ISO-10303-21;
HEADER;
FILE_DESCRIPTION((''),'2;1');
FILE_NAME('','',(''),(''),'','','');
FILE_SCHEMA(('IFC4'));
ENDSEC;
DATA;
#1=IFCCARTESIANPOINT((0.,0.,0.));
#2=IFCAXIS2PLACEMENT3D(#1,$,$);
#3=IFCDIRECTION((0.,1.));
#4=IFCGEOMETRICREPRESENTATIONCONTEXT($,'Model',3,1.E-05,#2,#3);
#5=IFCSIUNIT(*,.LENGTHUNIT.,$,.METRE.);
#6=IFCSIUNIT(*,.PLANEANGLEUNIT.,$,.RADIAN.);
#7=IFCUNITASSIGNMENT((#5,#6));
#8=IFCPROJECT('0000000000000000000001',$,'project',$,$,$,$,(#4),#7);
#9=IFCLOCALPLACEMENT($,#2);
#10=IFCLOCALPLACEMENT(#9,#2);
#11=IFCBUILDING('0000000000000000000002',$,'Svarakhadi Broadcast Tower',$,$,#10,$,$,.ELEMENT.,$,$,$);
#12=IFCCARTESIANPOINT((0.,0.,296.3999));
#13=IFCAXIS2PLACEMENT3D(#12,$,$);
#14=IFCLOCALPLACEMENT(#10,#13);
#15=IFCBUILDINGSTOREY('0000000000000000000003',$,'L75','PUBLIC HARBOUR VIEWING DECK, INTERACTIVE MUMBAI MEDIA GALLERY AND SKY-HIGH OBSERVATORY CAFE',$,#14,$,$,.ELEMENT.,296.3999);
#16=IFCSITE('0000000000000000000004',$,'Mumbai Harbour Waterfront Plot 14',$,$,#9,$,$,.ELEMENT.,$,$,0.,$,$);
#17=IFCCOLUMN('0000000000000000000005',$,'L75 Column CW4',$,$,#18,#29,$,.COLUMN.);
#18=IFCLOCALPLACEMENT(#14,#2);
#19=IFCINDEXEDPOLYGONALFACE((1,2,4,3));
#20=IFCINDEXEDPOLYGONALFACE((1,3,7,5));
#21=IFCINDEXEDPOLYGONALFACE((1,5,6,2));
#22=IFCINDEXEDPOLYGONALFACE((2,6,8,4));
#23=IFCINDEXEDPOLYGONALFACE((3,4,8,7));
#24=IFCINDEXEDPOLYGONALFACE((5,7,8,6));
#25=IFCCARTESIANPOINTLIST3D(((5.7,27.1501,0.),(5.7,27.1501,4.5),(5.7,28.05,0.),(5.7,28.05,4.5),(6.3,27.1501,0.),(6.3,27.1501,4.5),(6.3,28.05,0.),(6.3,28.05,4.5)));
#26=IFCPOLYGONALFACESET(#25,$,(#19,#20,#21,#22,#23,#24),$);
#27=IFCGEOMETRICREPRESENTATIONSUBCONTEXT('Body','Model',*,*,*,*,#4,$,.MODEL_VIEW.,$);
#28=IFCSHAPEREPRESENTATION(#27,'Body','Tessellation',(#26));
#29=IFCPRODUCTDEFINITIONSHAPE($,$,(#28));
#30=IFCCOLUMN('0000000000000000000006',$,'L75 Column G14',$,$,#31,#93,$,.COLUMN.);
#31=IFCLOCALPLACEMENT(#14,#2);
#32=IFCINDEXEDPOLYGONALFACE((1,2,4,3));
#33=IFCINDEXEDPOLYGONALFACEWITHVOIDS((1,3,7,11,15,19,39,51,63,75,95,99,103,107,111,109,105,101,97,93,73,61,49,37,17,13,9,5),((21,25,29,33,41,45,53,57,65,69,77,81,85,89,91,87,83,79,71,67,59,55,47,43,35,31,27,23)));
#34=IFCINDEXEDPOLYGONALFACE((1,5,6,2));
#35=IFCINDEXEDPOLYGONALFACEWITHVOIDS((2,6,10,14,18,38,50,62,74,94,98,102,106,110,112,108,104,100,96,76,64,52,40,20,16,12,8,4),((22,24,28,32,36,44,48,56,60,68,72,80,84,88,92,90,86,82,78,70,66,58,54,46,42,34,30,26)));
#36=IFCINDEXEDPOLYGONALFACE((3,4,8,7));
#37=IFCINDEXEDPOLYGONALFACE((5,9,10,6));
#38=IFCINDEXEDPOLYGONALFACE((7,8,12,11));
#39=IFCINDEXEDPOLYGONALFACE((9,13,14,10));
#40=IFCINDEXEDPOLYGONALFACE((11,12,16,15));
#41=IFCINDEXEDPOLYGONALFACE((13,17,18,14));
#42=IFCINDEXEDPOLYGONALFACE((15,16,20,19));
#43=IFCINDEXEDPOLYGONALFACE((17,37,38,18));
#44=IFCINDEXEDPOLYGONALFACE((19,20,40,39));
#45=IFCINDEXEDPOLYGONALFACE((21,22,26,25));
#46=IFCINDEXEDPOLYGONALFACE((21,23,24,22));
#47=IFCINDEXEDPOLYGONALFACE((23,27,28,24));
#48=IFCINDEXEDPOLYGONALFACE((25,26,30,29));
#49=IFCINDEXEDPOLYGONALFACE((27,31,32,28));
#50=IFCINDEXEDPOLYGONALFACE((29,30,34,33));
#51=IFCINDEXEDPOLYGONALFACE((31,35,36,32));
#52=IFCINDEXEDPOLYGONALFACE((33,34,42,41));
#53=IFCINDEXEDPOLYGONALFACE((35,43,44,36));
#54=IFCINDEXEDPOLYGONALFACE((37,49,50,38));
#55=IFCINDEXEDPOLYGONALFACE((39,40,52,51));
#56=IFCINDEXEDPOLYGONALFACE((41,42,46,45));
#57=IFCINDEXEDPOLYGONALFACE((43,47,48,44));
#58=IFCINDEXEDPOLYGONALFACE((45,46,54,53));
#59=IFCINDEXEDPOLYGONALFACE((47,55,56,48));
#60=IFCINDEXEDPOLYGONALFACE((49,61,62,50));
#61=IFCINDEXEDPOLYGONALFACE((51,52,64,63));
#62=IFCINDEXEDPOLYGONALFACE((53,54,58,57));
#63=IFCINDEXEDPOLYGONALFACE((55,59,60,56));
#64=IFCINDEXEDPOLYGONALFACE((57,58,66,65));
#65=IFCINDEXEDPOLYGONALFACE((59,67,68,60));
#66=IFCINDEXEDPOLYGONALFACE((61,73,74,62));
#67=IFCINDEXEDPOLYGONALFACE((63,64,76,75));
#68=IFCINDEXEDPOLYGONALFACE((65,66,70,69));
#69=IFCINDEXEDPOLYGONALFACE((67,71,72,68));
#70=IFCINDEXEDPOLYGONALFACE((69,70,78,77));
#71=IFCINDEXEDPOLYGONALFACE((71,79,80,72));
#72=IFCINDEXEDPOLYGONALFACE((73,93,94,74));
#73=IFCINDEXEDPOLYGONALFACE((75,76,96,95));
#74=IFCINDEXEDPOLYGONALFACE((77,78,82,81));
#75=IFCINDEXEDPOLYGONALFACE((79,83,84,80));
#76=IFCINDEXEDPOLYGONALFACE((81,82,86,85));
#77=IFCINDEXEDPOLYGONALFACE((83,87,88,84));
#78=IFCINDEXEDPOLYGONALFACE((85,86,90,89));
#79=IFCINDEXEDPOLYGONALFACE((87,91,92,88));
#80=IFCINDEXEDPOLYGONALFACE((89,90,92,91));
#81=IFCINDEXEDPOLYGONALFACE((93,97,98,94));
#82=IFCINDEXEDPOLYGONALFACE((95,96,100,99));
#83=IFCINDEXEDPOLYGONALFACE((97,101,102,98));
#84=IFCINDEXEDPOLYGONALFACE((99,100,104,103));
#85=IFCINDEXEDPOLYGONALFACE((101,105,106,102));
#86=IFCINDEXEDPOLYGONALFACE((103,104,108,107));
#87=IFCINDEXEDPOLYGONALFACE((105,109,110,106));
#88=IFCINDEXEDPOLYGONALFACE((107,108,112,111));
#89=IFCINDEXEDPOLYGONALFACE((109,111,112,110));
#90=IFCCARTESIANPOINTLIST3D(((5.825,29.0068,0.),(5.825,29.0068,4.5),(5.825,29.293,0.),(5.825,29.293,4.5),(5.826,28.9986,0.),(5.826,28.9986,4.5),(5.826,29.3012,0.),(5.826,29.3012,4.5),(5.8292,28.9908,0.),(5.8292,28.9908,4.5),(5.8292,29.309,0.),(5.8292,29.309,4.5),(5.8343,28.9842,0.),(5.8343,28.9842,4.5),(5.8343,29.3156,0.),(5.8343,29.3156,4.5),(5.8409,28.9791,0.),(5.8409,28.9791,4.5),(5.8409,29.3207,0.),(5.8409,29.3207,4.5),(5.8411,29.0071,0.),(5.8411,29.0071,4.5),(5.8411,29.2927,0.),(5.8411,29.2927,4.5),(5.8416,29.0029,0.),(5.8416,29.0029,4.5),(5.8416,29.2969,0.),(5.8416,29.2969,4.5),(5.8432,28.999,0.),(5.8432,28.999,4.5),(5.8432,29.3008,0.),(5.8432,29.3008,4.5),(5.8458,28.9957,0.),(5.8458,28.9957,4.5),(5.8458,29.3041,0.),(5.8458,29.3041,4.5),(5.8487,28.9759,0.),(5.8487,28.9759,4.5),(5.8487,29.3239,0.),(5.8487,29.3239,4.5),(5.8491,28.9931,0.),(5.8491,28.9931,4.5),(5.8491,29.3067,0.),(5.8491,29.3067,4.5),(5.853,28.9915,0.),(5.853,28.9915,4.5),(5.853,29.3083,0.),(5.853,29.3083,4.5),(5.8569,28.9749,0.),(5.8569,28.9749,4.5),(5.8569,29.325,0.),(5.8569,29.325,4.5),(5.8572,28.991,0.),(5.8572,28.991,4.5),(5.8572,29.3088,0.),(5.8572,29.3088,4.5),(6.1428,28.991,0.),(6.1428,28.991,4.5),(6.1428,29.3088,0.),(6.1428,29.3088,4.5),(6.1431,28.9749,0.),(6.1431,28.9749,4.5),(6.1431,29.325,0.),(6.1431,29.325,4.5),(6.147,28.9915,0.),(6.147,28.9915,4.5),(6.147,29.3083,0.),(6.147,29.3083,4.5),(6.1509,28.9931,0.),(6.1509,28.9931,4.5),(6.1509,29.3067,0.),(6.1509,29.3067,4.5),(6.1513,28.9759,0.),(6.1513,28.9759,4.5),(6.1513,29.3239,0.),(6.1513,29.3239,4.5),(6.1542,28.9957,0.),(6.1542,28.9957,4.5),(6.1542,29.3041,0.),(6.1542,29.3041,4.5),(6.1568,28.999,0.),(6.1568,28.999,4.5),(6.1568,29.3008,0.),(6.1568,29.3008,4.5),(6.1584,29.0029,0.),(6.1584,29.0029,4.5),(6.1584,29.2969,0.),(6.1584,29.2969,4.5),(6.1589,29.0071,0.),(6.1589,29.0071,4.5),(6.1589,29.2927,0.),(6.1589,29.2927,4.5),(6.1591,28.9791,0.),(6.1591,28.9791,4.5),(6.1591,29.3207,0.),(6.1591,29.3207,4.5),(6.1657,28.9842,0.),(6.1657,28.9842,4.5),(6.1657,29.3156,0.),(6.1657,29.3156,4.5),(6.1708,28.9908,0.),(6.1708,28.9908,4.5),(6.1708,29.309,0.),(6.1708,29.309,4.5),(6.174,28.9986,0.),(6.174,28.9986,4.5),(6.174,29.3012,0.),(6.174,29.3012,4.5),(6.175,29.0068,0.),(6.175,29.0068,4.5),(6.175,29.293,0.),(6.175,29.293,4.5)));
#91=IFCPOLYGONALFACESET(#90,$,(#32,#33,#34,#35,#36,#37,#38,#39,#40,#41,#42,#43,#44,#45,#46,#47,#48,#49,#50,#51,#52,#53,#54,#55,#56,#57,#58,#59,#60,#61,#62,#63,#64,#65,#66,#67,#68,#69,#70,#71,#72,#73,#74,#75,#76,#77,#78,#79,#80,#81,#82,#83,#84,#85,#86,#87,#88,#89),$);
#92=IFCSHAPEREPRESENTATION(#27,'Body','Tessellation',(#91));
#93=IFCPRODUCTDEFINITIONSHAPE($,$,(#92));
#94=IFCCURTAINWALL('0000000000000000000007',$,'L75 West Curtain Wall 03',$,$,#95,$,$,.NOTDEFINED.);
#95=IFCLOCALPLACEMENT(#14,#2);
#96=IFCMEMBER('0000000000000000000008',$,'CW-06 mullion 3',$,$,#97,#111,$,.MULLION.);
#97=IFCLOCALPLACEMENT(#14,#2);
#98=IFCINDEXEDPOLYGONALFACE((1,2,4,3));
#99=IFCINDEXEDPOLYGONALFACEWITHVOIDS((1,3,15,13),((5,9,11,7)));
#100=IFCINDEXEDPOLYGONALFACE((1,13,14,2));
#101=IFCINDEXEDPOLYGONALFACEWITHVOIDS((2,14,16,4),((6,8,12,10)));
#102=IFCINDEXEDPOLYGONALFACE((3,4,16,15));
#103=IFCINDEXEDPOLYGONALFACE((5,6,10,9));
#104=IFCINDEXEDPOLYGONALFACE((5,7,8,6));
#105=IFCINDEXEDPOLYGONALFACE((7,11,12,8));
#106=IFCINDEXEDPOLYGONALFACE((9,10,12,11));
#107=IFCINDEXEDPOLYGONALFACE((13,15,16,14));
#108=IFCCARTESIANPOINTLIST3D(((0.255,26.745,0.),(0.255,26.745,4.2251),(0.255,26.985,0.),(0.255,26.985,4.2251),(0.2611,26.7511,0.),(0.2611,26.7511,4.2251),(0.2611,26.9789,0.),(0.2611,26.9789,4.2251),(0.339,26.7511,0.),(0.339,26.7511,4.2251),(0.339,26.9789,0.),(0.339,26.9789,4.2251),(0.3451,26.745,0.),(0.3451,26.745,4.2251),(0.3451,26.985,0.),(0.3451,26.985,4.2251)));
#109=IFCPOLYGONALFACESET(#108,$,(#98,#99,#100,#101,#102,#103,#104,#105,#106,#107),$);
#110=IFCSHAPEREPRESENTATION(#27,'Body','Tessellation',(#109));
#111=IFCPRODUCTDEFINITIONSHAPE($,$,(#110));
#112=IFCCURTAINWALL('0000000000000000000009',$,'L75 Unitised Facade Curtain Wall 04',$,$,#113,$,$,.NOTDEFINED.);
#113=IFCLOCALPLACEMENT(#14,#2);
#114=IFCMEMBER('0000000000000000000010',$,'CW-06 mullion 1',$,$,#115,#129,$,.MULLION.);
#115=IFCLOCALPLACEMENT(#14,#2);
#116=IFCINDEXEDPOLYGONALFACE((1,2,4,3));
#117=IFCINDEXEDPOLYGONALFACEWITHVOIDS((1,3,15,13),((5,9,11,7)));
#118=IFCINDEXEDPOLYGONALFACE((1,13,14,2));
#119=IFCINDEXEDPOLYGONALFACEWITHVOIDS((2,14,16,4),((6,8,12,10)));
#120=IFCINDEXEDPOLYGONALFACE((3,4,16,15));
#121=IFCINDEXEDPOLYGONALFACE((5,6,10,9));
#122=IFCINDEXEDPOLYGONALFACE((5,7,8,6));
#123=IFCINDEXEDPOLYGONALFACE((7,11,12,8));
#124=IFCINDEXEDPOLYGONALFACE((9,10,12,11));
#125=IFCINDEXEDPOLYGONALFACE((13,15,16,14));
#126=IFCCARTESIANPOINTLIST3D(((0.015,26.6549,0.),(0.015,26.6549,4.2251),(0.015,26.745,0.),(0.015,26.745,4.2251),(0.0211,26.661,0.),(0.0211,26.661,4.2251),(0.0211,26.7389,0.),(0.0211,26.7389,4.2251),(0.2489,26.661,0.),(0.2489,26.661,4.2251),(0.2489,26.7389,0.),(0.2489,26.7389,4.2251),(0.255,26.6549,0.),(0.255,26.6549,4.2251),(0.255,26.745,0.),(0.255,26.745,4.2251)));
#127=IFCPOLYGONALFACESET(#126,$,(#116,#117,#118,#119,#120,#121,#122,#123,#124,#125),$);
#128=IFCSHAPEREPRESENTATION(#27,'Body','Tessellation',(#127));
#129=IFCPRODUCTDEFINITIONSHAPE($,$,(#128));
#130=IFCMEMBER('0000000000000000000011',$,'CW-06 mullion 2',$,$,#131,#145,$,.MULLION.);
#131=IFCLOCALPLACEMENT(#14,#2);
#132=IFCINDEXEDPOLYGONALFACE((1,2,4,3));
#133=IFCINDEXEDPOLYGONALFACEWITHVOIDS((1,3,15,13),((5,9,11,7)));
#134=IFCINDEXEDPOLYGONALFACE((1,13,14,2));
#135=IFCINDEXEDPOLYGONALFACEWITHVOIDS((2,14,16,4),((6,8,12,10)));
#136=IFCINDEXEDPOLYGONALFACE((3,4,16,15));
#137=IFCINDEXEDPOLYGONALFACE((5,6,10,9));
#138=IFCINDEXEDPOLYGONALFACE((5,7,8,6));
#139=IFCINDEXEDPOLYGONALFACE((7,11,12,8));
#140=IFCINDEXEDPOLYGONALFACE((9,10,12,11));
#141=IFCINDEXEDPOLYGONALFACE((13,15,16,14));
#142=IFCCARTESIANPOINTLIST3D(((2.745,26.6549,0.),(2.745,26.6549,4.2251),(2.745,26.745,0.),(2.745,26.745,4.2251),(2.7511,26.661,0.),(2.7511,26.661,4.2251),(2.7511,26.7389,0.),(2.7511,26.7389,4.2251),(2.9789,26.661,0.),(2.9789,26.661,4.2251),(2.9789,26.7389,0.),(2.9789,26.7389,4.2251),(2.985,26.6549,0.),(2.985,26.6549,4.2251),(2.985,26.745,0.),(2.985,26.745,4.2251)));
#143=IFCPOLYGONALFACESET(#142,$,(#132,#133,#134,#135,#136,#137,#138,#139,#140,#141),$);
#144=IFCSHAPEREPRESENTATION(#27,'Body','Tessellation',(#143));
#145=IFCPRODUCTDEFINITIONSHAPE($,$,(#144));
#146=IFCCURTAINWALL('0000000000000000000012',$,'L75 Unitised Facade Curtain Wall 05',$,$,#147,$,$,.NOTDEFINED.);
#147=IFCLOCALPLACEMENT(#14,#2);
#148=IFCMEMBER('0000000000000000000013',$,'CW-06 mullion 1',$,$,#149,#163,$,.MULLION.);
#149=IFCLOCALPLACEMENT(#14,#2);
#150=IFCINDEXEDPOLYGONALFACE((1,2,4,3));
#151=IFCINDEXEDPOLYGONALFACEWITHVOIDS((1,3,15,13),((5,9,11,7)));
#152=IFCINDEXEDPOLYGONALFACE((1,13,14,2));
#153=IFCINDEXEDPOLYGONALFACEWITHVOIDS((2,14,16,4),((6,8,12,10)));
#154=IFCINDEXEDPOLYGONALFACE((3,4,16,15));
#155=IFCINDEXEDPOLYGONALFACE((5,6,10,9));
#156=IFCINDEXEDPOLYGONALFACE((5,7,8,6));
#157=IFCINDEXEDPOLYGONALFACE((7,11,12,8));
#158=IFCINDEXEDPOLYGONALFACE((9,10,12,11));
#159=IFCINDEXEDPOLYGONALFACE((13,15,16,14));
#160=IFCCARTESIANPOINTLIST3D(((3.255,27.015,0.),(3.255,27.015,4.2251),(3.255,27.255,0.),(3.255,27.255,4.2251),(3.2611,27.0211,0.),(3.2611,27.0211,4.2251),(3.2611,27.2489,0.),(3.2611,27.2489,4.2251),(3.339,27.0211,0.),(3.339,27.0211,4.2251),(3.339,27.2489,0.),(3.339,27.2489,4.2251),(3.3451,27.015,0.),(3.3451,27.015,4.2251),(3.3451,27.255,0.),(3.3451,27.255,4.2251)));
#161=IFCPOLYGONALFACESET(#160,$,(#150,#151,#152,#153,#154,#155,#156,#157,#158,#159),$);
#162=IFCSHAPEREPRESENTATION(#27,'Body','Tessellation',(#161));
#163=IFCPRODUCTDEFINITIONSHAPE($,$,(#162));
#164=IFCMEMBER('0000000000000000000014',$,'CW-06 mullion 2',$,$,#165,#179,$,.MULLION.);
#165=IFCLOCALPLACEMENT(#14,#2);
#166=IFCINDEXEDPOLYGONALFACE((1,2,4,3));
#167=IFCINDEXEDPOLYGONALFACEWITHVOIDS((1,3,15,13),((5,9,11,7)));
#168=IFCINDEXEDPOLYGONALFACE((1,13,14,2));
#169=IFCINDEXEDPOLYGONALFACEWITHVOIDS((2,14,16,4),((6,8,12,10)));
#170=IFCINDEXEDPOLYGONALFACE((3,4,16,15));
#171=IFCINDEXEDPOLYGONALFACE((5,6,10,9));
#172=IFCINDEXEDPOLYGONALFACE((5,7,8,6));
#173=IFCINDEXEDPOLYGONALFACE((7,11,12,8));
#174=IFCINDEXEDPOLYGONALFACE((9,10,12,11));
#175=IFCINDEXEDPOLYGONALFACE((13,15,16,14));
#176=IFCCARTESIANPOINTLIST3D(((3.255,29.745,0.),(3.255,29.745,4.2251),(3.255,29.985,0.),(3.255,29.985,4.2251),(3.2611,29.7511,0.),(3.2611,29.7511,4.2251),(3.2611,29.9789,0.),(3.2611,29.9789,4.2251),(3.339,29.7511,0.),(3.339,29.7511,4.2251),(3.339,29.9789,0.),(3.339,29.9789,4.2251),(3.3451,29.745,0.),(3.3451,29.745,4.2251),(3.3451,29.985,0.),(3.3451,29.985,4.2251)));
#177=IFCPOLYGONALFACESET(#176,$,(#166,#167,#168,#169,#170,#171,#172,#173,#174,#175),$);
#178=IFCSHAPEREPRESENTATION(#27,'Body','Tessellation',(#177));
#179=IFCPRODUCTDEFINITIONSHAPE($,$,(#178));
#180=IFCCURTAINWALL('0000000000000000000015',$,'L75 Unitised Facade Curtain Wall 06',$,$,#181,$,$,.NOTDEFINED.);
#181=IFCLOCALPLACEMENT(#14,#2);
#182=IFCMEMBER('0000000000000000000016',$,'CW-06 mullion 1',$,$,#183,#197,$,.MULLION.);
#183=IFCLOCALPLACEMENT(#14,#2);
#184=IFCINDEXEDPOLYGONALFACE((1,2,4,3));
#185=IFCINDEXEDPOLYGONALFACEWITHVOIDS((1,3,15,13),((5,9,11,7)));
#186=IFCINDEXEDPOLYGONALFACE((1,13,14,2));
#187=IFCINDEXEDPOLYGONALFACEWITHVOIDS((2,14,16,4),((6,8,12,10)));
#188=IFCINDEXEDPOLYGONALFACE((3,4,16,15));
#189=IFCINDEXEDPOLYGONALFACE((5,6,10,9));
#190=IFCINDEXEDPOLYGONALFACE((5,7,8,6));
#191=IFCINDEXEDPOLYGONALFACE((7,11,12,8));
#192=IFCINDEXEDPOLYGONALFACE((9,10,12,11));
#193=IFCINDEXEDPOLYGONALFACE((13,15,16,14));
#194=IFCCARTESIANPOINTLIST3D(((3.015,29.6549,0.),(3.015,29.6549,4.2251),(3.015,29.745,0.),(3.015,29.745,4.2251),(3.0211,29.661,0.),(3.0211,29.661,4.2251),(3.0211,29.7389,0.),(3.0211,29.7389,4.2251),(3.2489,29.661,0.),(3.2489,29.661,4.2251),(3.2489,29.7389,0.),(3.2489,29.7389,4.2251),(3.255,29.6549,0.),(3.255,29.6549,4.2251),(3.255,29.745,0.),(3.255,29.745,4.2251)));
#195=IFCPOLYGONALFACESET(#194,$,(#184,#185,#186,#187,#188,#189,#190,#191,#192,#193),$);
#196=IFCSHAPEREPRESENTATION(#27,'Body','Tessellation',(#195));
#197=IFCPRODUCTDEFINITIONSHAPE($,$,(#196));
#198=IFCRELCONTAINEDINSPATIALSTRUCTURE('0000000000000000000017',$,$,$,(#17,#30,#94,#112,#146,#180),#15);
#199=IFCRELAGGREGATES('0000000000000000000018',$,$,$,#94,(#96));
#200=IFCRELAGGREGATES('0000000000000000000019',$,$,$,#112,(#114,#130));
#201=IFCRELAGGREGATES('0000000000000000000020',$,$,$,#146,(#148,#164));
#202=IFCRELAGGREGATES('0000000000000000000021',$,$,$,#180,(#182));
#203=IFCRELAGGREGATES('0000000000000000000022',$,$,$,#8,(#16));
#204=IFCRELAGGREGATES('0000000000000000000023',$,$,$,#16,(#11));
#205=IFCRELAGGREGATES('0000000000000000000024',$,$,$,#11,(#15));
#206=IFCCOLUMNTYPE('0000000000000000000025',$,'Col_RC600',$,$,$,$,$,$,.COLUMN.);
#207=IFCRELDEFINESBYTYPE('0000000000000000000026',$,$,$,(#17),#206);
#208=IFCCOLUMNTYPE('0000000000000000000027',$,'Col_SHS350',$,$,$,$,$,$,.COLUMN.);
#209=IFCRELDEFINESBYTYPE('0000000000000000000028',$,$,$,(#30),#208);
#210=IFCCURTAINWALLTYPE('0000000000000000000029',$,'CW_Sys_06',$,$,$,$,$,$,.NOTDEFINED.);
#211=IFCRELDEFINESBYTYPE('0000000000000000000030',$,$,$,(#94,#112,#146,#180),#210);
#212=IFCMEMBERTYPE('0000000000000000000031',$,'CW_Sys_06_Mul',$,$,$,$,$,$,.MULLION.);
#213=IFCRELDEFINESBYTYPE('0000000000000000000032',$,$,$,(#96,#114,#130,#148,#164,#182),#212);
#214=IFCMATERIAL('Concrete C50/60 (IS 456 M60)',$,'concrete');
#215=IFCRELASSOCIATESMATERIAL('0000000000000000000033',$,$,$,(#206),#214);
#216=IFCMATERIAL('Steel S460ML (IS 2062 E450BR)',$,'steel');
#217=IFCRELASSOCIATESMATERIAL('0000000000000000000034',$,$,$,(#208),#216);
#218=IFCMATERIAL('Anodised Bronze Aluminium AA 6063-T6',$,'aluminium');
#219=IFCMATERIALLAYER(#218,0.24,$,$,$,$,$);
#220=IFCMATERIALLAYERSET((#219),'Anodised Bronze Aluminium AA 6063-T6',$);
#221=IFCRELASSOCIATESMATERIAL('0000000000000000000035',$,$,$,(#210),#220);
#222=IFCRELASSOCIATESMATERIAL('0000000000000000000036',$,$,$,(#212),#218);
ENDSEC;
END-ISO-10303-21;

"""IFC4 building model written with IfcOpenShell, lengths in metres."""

from ifc_helpers import new_model, si_unit, direction, frame, origin, origin_2d, place, context, subcontext, project, spatial, rectangle, hollow_rectangle, extrude, material, layer, layer_set, material_profile, profile_set, type_object, element, aggregate, save


model = new_model("IFC4")

# Units and contexts
model_context = context("Model", 3, precision=1e-05, world=origin(), true_north=direction((0.0, 1.0)))
body_context = subcontext(model_context, "Body", "Model", "MODEL_VIEW")
ifc_project = project(units=[si_unit("LENGTHUNIT", "METRE"), si_unit("PLANEANGLEUNIT", "RADIAN")], contexts=[model_context])

# Site, building, storey
site_placement = place(None, origin())
site = spatial("IfcSite", under=ifc_project, at=site_placement, Name="Mumbai Harbour Waterfront Plot 14", CompositionType="ELEMENT", RefElevation=0.0)
building_placement = place(site_placement, origin())
building = spatial("IfcBuilding", under=site, at=building_placement, Name="Svarakhadi Broadcast Tower", CompositionType="ELEMENT")
storey_placement = place(building_placement, frame((0.0, 0.0, 296.3999)))
storey = spatial("IfcBuildingStorey", under=building, at=storey_placement, Name="L75", Description="PUBLIC HARBOUR VIEWING DECK, INTERACTIVE MUMBAI MEDIA GALLERY AND SKY-HIGH OBSERVATORY CAFE", CompositionType="ELEMENT", Elevation=296.3999)

# Columns
ifc_material_1 = material(Name="Concrete C50/60 (IS 456 M60)", Category="concrete")
ifc_material_profile_1 = material_profile(ifc_material_1, rectangle(XDim=0.6001, YDim=0.8999, at=origin_2d()), Name="RC 600x900")
ifc_profile_set_1 = profile_set([ifc_material_profile_1], Name="Concrete C50/60 (IS 456 M60)")
column_type_1 = type_object("IfcColumnType", Name="Col_RC600", PredefinedType="COLUMN", material=ifc_profile_set_1)
column_1_placement = place(storey_placement, frame((6.0, 27.6001, 0.0), z_axis=(0.0, 0.0, 1.0), x_axis=(1.0, 0.0, 0.0)))
element("IfcColumn", 1, at=column_1_placement, inside=storey, type_object=column_type_1, Name="L75 Column CW4", PredefinedType="COLUMN", context=body_context, shape_type="SweptSolid", body=[
    extrude(rectangle(XDim=0.6001, YDim=0.8999, at=origin_2d()), origin(), (0.0, 0.0, 1.0), 4.5),
])
ifc_material_2 = material(Name="Steel S460ML (IS 2062 E450BR)", Category="steel")
ifc_material_profile_2 = material_profile(ifc_material_2, hollow_rectangle(XDim=0.3501, YDim=0.3501, WallThickness=0.0161, InnerFilletRadius=0.0161, OuterFilletRadius=0.032, at=origin_2d()), Name="SHS 350x350x16")
ifc_profile_set_2 = profile_set([ifc_material_profile_2], Name="Steel S460ML (IS 2062 E450BR)")
column_type_2 = type_object("IfcColumnType", Name="Col_SHS350", PredefinedType="COLUMN", material=ifc_profile_set_2)
column_2_placement = place(storey_placement, frame((6.0, 29.1499, 0.0), z_axis=(0.0, 0.0, 1.0), x_axis=(1.0, 0.0, 0.0)))
element("IfcColumn", 2, at=column_2_placement, inside=storey, type_object=column_type_2, Name="L75 Column G14", PredefinedType="COLUMN", context=body_context, shape_type="SweptSolid", body=[
    extrude(hollow_rectangle(XDim=0.3501, YDim=0.3501, WallThickness=0.0161, InnerFilletRadius=0.0161, OuterFilletRadius=0.032, at=origin_2d()), origin(), (0.0, 0.0, 1.0), 4.5),
])

# Curtain wall, member
ifc_material_3 = material(Name="Anodised Bronze Aluminium AA 6063-T6", Category="aluminium")
ifc_layer_1 = layer(ifc_material_3, 0.24)
ifc_layer_set_1 = layer_set([ifc_layer_1], Name="Anodised Bronze Aluminium AA 6063-T6")
curtain_wall_type = type_object("IfcCurtainWallType", Name="CW_Sys_06", PredefinedType="NOTDEFINED", material=ifc_layer_set_1)
curtain_wall_1_placement = place(storey_placement, origin())
curtain_wall_1 = element("IfcCurtainWall", 3, at=curtain_wall_1_placement, inside=storey, type_object=curtain_wall_type, Name="L75 West Curtain Wall 03", PredefinedType="NOTDEFINED")
ifc_material_profile_3 = material_profile(ifc_material_3, hollow_rectangle(XDim=0.0901, YDim=0.24, WallThickness=0.0061, at=origin_2d()), Name="ALU MULLION 240x90x6")
ifc_profile_set_3 = profile_set([ifc_material_profile_3], Name="Anodised Bronze Aluminium AA 6063-T6")
member_type_1 = type_object("IfcMemberType", Name="CW_Sys_06_Mul", PredefinedType="MULLION", material=ifc_profile_set_3)
member_1_placement = place(storey_placement, frame((0.3, 26.865, 0.0), z_axis=(0.0, 0.0, 1.0), x_axis=(-1.0, 0.0, 0.0)))
member_1 = element("IfcMember", 4, at=member_1_placement, type_object=member_type_1, Name="CW-06 mullion 3", PredefinedType="MULLION", context=body_context, shape_type="SweptSolid", body=[
    extrude(hollow_rectangle(XDim=0.0901, YDim=0.24, WallThickness=0.0061, at=origin_2d()), origin(), (0.0, 0.0, 1.0), 4.2251),
])

# Curtain walls, members
curtain_wall_2_placement = place(storey_placement, origin())
curtain_wall_2 = element("IfcCurtainWall", 5, at=curtain_wall_2_placement, inside=storey, type_object=curtain_wall_type, Name="L75 Unitised Facade Curtain Wall 04", PredefinedType="NOTDEFINED")
member_2_placement = place(storey_placement, frame((0.135, 26.7, 0.0), z_axis=(0.0, 0.0, 1.0), x_axis=(0.0, 1.0, 0.0)))
member_2 = element("IfcMember", 6, at=member_2_placement, type_object=member_type_1, Name="CW-06 mullion 1", PredefinedType="MULLION", context=body_context, shape_type="SweptSolid", body=[
    extrude(hollow_rectangle(XDim=0.0901, YDim=0.24, WallThickness=0.0061, at=origin_2d()), origin(), (0.0, 0.0, 1.0), 4.2251),
])
member_3_placement = place(storey_placement, frame((2.865, 26.7, 0.0), z_axis=(0.0, 0.0, 1.0), x_axis=(0.0, 1.0, 0.0)))
member_3 = element("IfcMember", 7, at=member_3_placement, type_object=member_type_1, Name="CW-06 mullion 2", PredefinedType="MULLION", context=body_context, shape_type="SweptSolid", body=[
    extrude(hollow_rectangle(XDim=0.0901, YDim=0.24, WallThickness=0.0061, at=origin_2d()), origin(), (0.0, 0.0, 1.0), 4.2251),
])
curtain_wall_3_placement = place(storey_placement, origin())
curtain_wall_3 = element("IfcCurtainWall", 8, at=curtain_wall_3_placement, inside=storey, type_object=curtain_wall_type, Name="L75 Unitised Facade Curtain Wall 05", PredefinedType="NOTDEFINED")
member_4_placement = place(storey_placement, frame((3.3, 27.135, 0.0), z_axis=(0.0, 0.0, 1.0), x_axis=(-1.0, 0.0, 0.0)))
member_4 = element("IfcMember", 9, at=member_4_placement, type_object=member_type_1, Name="CW-06 mullion 1", PredefinedType="MULLION", context=body_context, shape_type="SweptSolid", body=[
    extrude(hollow_rectangle(XDim=0.0901, YDim=0.24, WallThickness=0.0061, at=origin_2d()), origin(), (0.0, 0.0, 1.0), 4.2251),
])
member_5_placement = place(storey_placement, frame((3.3, 29.865, 0.0), z_axis=(0.0, 0.0, 1.0), x_axis=(-1.0, 0.0, 0.0)))
member_5 = element("IfcMember", 10, at=member_5_placement, type_object=member_type_1, Name="CW-06 mullion 2", PredefinedType="MULLION", context=body_context, shape_type="SweptSolid", body=[
    extrude(hollow_rectangle(XDim=0.0901, YDim=0.24, WallThickness=0.0061, at=origin_2d()), origin(), (0.0, 0.0, 1.0), 4.2251),
])

# Curtain wall, member
curtain_wall_4_placement = place(storey_placement, origin())
curtain_wall_4 = element("IfcCurtainWall", 11, at=curtain_wall_4_placement, inside=storey, type_object=curtain_wall_type, Name="L75 Unitised Facade Curtain Wall 06", PredefinedType="NOTDEFINED")
member_6_placement = place(storey_placement, frame((3.135, 29.7, 0.0), z_axis=(0.0, 0.0, 1.0), x_axis=(0.0, 1.0, 0.0)))
member_6 = element("IfcMember", 12, at=member_6_placement, type_object=member_type_1, Name="CW-06 mullion 1", PredefinedType="MULLION", context=body_context, shape_type="SweptSolid", body=[
    extrude(hollow_rectangle(XDim=0.0901, YDim=0.24, WallThickness=0.0061, at=origin_2d()), origin(), (0.0, 0.0, 1.0), 4.2251),
])

aggregate(curtain_wall_1, [member_1])
aggregate(curtain_wall_2, [member_2, member_3])
aggregate(curtain_wall_3, [member_4, member_5])
aggregate(curtain_wall_4, [member_6])

save(model, "model.ifc")
